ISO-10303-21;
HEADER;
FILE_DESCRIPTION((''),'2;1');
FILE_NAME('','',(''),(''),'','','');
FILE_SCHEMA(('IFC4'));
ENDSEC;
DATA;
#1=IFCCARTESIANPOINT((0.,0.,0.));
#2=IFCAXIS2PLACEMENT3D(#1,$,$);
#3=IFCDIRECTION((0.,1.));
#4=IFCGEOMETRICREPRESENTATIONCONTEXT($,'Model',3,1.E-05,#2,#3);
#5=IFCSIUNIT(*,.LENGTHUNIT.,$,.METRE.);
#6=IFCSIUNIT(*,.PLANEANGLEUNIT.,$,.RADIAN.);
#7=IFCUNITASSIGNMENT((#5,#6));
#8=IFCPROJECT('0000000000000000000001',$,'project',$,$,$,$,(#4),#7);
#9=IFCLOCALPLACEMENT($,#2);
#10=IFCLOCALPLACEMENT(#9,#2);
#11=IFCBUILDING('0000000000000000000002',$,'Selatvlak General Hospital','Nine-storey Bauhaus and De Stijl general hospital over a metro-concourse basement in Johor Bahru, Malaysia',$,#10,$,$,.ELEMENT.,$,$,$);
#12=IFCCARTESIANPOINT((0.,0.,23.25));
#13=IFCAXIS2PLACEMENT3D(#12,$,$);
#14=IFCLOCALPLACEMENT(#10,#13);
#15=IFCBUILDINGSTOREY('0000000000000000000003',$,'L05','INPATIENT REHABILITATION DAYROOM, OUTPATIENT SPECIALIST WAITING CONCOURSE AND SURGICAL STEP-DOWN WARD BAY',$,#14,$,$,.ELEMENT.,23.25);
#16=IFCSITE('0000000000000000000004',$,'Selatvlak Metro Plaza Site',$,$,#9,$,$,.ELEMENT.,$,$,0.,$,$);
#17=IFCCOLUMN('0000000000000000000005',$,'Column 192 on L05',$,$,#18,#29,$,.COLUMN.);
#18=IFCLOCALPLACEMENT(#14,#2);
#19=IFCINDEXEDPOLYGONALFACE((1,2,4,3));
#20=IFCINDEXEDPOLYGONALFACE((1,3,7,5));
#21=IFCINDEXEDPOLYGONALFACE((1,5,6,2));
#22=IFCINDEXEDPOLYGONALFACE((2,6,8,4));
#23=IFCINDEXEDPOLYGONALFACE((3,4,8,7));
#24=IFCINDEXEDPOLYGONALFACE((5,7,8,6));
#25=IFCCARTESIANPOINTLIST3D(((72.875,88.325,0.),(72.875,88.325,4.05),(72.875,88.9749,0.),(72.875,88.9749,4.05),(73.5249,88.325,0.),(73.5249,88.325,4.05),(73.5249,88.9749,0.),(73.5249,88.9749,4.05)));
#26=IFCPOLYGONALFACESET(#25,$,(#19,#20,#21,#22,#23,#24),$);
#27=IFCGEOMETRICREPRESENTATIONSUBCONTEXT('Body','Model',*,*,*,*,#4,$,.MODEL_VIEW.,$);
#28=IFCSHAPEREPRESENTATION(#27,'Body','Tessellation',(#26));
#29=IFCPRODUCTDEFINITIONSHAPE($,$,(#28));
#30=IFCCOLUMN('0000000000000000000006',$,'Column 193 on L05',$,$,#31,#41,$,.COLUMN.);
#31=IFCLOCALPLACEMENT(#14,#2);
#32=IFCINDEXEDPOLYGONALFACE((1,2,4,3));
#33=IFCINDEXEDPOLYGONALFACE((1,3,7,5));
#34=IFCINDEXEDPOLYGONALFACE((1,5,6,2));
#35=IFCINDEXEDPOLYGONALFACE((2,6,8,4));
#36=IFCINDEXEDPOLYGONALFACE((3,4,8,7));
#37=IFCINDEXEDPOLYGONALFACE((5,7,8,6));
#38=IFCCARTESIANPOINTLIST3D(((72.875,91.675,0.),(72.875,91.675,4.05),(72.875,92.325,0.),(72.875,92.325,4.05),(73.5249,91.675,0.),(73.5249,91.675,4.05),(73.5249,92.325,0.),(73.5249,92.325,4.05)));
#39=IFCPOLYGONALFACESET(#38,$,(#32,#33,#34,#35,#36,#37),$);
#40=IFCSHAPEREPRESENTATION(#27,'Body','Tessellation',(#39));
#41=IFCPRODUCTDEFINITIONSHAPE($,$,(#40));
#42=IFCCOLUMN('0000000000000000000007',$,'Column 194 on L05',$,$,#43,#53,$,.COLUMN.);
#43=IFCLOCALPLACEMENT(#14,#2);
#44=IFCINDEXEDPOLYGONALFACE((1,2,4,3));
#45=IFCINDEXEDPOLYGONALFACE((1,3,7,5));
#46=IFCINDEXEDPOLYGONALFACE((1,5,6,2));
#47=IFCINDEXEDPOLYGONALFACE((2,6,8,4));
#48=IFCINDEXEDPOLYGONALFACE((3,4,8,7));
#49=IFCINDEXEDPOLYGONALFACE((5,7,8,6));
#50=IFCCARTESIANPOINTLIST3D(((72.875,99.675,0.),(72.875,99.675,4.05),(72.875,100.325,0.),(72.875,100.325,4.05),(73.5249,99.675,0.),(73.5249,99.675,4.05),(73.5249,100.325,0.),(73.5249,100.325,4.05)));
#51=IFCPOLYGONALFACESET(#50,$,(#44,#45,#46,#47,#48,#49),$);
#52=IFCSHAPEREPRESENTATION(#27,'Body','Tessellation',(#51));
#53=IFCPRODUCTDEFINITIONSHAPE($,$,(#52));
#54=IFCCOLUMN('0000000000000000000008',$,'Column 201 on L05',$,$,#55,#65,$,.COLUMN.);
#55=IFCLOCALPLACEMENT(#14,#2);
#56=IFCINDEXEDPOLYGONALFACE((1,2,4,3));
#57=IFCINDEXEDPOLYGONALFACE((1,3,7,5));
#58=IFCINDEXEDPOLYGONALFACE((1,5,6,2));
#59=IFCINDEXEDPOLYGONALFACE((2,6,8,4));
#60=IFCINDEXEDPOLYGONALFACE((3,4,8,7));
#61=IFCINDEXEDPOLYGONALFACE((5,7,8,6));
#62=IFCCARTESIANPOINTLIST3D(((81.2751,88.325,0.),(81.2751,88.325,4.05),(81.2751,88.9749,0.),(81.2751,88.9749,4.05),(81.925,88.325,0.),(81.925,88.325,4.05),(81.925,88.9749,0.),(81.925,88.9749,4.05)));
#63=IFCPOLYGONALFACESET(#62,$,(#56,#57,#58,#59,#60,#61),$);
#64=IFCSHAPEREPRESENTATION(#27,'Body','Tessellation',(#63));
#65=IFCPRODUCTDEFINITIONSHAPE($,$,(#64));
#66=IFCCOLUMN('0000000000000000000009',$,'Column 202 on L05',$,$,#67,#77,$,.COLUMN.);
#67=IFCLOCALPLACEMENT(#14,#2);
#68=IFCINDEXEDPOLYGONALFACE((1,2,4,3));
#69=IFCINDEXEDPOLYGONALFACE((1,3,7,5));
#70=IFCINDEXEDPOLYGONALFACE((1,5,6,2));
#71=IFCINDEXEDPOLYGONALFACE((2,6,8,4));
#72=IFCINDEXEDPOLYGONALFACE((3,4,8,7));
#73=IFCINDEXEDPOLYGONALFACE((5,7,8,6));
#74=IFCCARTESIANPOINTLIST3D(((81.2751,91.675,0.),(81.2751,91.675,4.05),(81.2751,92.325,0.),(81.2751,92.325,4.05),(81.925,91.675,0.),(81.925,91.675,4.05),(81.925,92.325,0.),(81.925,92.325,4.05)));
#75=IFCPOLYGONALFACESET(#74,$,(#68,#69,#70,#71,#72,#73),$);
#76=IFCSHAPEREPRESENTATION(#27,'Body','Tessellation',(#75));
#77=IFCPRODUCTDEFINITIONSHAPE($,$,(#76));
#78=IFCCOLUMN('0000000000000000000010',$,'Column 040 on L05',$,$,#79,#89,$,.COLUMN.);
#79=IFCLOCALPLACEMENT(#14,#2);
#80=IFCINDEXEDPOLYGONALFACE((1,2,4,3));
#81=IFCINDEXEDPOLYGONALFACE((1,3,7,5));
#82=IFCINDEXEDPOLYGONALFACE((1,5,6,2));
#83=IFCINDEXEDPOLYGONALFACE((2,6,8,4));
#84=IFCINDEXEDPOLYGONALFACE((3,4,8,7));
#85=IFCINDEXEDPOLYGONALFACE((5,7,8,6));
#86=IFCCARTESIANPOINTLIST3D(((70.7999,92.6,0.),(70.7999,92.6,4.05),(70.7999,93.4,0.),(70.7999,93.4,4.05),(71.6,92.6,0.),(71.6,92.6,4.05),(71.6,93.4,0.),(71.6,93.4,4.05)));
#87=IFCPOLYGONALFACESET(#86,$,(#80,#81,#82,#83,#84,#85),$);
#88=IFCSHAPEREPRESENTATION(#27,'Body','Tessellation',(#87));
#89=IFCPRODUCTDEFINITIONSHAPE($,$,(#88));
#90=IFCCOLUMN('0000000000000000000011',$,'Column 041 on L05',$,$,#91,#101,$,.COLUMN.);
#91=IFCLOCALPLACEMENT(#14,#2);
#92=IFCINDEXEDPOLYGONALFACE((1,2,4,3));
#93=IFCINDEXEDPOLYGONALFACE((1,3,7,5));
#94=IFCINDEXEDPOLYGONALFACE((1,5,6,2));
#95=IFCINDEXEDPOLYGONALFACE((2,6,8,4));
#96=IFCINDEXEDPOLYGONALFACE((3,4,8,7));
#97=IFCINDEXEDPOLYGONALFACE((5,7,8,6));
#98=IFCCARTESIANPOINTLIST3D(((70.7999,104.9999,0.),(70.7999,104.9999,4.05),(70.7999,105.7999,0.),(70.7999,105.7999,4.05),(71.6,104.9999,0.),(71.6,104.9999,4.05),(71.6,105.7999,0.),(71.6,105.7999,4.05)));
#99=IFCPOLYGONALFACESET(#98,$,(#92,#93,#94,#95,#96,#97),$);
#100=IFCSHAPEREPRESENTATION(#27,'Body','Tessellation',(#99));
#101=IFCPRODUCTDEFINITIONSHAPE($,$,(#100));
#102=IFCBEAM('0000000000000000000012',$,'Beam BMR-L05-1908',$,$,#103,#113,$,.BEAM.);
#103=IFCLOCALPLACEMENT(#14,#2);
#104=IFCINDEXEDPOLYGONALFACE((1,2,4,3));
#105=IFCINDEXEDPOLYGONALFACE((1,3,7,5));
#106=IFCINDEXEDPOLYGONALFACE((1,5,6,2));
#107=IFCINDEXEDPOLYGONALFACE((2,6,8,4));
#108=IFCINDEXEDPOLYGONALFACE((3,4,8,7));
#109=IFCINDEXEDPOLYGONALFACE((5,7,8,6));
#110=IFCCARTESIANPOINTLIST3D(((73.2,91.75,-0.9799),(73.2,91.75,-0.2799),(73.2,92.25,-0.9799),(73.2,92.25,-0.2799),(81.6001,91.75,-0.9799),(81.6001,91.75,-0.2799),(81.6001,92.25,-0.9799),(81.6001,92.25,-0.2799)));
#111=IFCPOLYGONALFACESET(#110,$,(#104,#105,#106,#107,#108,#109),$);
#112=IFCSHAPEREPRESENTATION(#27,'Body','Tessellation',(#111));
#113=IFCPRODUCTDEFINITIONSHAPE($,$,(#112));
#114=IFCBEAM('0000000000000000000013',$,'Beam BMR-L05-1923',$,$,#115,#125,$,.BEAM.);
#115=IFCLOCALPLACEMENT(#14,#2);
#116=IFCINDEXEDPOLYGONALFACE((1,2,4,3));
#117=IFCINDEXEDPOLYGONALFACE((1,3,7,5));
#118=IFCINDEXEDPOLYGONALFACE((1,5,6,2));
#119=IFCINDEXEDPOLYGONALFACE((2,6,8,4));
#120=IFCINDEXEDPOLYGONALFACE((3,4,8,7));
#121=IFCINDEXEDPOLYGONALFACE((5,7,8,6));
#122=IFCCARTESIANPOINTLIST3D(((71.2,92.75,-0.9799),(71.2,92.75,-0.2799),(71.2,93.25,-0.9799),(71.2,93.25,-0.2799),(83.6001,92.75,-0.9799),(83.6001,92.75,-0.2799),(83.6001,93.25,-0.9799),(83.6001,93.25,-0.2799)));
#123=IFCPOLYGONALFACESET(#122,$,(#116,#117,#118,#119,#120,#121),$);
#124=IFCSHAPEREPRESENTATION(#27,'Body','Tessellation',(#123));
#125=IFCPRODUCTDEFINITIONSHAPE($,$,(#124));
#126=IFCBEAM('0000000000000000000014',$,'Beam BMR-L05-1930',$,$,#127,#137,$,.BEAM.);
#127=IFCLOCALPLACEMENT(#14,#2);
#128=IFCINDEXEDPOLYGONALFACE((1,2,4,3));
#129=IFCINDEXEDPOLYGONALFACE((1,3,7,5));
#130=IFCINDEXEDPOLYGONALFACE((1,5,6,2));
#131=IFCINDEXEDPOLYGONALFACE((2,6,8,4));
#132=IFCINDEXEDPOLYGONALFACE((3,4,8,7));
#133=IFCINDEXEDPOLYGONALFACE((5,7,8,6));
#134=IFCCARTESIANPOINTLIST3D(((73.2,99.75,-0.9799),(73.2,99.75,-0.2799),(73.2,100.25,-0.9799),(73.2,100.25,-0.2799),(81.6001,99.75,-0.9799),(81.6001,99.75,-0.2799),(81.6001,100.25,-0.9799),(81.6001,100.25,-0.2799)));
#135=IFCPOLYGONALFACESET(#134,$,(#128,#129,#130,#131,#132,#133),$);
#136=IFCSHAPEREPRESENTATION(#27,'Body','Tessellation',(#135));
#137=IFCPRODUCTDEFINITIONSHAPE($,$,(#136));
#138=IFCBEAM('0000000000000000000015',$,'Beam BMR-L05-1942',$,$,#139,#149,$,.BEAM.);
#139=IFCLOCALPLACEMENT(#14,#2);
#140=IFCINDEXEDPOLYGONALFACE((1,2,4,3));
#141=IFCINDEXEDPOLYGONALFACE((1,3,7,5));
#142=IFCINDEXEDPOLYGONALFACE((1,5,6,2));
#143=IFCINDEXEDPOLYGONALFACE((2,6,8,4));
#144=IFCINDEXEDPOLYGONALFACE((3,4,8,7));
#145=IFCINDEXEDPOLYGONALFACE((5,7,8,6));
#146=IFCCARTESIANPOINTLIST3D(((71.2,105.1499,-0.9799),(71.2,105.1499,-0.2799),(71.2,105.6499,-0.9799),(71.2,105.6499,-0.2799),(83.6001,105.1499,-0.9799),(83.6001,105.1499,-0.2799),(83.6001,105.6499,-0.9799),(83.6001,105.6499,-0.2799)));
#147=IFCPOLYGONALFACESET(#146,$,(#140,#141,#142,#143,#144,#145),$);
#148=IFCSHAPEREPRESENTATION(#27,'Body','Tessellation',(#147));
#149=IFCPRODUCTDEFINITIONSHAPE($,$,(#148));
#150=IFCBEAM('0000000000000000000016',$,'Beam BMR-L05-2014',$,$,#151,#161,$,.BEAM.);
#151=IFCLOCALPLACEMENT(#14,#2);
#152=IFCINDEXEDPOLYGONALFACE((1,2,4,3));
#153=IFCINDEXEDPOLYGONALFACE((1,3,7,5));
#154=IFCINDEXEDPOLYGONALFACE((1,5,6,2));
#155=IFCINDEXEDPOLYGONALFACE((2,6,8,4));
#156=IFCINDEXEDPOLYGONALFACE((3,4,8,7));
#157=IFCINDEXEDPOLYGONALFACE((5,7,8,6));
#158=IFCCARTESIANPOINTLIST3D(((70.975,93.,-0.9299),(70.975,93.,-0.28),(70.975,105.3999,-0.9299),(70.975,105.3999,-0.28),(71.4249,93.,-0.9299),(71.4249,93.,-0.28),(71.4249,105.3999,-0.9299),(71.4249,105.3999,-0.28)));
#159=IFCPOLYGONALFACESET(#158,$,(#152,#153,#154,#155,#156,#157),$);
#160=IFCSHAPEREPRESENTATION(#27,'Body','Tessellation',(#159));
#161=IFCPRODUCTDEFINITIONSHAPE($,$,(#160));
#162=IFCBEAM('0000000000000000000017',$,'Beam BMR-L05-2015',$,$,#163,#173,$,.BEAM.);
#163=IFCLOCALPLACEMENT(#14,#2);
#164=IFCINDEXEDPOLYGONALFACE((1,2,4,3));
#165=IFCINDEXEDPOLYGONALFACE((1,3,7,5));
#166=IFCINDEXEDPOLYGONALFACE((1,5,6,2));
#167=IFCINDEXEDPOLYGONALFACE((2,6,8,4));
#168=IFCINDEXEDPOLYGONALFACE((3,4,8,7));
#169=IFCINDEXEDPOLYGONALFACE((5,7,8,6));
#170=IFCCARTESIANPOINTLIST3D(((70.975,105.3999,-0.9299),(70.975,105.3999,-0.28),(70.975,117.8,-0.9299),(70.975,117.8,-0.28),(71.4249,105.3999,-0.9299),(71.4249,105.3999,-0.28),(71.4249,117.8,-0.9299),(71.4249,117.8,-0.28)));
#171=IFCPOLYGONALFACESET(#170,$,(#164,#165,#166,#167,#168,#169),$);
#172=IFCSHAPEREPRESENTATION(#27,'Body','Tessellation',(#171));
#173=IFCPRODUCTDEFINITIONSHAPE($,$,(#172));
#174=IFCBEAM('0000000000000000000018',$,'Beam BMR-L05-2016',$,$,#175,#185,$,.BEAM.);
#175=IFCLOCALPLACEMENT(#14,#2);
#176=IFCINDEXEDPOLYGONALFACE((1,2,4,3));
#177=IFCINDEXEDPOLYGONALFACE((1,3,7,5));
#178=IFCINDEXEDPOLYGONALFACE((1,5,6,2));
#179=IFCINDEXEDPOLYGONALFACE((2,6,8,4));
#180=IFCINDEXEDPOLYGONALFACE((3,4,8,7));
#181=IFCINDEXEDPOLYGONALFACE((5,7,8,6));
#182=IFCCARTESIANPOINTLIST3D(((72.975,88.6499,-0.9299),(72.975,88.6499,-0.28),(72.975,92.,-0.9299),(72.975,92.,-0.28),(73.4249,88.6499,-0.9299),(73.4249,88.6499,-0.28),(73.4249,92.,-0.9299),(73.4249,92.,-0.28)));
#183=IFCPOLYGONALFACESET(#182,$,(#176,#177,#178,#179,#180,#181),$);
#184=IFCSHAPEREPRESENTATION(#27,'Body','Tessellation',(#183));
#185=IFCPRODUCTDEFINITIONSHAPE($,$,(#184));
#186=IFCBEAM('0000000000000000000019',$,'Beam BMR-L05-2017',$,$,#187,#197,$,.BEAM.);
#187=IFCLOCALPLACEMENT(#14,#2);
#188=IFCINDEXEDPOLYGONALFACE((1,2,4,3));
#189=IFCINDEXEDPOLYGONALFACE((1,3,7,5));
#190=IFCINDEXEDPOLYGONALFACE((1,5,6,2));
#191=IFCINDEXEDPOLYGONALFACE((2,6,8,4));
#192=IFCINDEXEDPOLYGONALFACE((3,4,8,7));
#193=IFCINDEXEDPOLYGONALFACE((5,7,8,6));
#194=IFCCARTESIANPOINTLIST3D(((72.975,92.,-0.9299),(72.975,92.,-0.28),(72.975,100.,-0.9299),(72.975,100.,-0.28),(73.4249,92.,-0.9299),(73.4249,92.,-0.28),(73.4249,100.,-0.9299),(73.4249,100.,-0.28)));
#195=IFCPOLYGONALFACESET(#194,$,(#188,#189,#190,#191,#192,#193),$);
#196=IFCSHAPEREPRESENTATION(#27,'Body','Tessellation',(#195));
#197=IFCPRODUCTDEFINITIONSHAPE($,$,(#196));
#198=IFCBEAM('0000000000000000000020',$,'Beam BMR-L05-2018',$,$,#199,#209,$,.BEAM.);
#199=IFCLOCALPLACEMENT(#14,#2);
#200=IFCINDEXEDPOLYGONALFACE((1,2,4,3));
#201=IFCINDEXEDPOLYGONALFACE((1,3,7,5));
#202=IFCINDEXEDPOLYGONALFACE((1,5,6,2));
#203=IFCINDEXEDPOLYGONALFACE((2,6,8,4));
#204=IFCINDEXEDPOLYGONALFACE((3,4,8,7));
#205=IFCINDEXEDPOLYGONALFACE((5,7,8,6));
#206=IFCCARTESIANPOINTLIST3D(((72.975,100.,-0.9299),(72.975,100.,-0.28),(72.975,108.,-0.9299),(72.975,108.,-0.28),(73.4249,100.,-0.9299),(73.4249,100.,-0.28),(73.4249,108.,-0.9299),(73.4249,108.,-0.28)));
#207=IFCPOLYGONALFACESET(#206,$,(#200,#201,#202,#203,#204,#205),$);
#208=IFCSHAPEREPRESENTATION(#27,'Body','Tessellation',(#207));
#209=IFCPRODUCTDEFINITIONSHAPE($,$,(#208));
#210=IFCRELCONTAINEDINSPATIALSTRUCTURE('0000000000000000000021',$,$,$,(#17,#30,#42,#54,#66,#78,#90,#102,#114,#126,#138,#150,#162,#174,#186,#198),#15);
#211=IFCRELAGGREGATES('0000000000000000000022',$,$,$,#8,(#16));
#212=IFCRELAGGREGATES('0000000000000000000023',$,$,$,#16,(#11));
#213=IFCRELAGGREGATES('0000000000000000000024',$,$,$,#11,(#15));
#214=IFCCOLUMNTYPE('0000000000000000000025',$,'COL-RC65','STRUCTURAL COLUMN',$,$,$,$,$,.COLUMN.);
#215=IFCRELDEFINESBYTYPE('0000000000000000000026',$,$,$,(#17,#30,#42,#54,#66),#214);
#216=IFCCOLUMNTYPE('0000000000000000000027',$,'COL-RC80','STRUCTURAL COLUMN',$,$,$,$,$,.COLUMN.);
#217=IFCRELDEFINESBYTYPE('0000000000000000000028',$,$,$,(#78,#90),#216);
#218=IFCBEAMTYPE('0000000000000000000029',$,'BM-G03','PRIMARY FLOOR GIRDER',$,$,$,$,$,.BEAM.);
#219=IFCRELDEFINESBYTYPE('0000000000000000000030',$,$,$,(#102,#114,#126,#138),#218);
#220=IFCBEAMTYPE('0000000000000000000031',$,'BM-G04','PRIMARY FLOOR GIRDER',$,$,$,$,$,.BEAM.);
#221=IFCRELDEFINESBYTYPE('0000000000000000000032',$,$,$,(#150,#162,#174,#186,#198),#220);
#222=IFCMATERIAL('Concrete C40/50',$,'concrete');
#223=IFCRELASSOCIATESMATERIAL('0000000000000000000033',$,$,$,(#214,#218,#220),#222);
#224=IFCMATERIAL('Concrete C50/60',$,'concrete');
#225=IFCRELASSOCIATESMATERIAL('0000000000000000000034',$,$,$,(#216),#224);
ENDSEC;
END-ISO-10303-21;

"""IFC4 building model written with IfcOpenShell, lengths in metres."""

from ifc_helpers import new_model, si_unit, direction, frame, origin, origin_2d, place, context, subcontext, project, spatial, rectangle, extrude, material, material_profile, profile_set, type_object, element, save


model = new_model("IFC4")

# Units and contexts
model_context = context("Model", 3, precision=1e-05, world=origin(), true_north=direction((0.0, 1.0)))
body_context = subcontext(model_context, "Body", "Model", "MODEL_VIEW")
ifc_project = project(units=[si_unit("LENGTHUNIT", "METRE"), si_unit("PLANEANGLEUNIT", "RADIAN")], contexts=[model_context])

# Site, building, storey
site_placement = place(None, origin())
site = spatial("IfcSite", under=ifc_project, at=site_placement, Name="Selatvlak Metro Plaza Site", CompositionType="ELEMENT", RefElevation=0.0)
building_placement = place(site_placement, origin())
building = spatial("IfcBuilding", under=site, at=building_placement, Name="Selatvlak General Hospital", Description="Nine-storey Bauhaus and De Stijl general hospital over a metro-concourse basement in Johor Bahru, Malaysia", CompositionType="ELEMENT")
storey_placement = place(building_placement, frame((0.0, 0.0, 23.25)))
storey = spatial("IfcBuildingStorey", under=building, at=storey_placement, Name="L05", Description="INPATIENT REHABILITATION DAYROOM, OUTPATIENT SPECIALIST WAITING CONCOURSE AND SURGICAL STEP-DOWN WARD BAY", CompositionType="ELEMENT", Elevation=23.25)

# Columns
ifc_material_1 = material(Name="Concrete C40/50", Category="concrete")
ifc_material_profile_1 = material_profile(ifc_material_1, rectangle(XDim=0.6499, YDim=0.6499, at=origin_2d()), Name="RC-COL 650x650")
ifc_profile_set_1 = profile_set([ifc_material_profile_1], Name="Concrete C40/50")
column_type_1 = type_object("IfcColumnType", Name="COL-RC65", Description="STRUCTURAL COLUMN", PredefinedType="COLUMN", material=ifc_profile_set_1)
for number, where, z_axis, x_axis, name in (
    (1, (73.2, 88.6499, 0.0), (0.0, 0.0, 1.0), (1.0, 0.0, 0.0), "Column 192 on L05"),
    (2, (73.2, 92.0, 0.0), (0.0, 0.0, 1.0), (1.0, 0.0, 0.0), "Column 193 on L05"),
    (3, (73.2, 100.0, 0.0), (0.0, 0.0, 1.0), (1.0, 0.0, 0.0), "Column 194 on L05"),
    (4, (81.6001, 88.6499, 0.0), (0.0, 0.0, 1.0), (1.0, 0.0, 0.0), "Column 201 on L05"),
    (5, (81.6001, 92.0, 0.0), (0.0, 0.0, 1.0), (1.0, 0.0, 0.0), "Column 202 on L05"),
):
    element("IfcColumn", number, at=place(storey_placement, frame(where, z_axis=z_axis, x_axis=x_axis)), inside=storey, type_object=column_type_1, Name=name, PredefinedType="COLUMN", context=body_context, shape_type="SweptSolid", body=[
        extrude(rectangle(XDim=0.6499, YDim=0.6499, at=origin_2d()), origin(), (0.0, 0.0, 1.0), 4.05),
    ])
ifc_material_2 = material(Name="Concrete C50/60", Category="concrete")
ifc_material_profile_2 = material_profile(ifc_material_2, rectangle(XDim=0.8, YDim=0.8, at=origin_2d()), Name="RC-COL 800x800")
ifc_profile_set_2 = profile_set([ifc_material_profile_2], Name="Concrete C50/60")
column_type_2 = type_object("IfcColumnType", Name="COL-RC80", Description="STRUCTURAL COLUMN", PredefinedType="COLUMN", material=ifc_profile_set_2)
for number, where, z_axis, x_axis, name in (
    (6, (71.2, 93.0, 0.0), (0.0, 0.0, 1.0), (1.0, 0.0, 0.0), "Column 040 on L05"),
    (7, (71.2, 105.3999, 0.0), (0.0, 0.0, 1.0), (1.0, 0.0, 0.0), "Column 041 on L05"),
):
    element("IfcColumn", number, at=place(storey_placement, frame(where, z_axis=z_axis, x_axis=x_axis)), inside=storey, type_object=column_type_2, Name=name, PredefinedType="COLUMN", context=body_context, shape_type="SweptSolid", body=[
        extrude(rectangle(XDim=0.8, YDim=0.8, at=origin_2d()), origin(), (0.0, 0.0, 1.0), 4.05),
    ])

# Beams
ifc_material_profile_3 = material_profile(ifc_material_1, rectangle(XDim=0.5, YDim=0.7, at=origin_2d()), Name="RC-BM 500x700")
ifc_profile_set_3 = profile_set([ifc_material_profile_3], Name="Concrete C40/50")
beam_type_1 = type_object("IfcBeamType", Name="BM-G03", Description="PRIMARY FLOOR GIRDER", PredefinedType="BEAM", material=ifc_profile_set_3)
beam_1_placement = place(storey_placement, frame((73.2, 92.0, -0.6299), z_axis=(1.0, 0.0, 0.0), x_axis=(0.0, 1.0, 0.0)))
element("IfcBeam", 8, at=beam_1_placement, inside=storey, type_object=beam_type_1, Name="Beam BMR-L05-1908", PredefinedType="BEAM", context=body_context, shape_type="SweptSolid", body=[
    extrude(rectangle(XDim=0.5, YDim=0.7, at=origin_2d()), origin(), (0.0, 0.0, 1.0), 8.4001),
])
beam_2_placement = place(storey_placement, frame((71.2, 93.0, -0.6299), z_axis=(1.0, 0.0, 0.0), x_axis=(0.0, 1.0, 0.0)))
element("IfcBeam", 9, at=beam_2_placement, inside=storey, type_object=beam_type_1, Name="Beam BMR-L05-1923", PredefinedType="BEAM", context=body_context, shape_type="SweptSolid", body=[
    extrude(rectangle(XDim=0.5, YDim=0.7, at=origin_2d()), origin(), (0.0, 0.0, 1.0), 12.4001),
])
beam_3_placement = place(storey_placement, frame((73.2, 100.0, -0.6299), z_axis=(1.0, 0.0, 0.0), x_axis=(0.0, 1.0, 0.0)))
element("IfcBeam", 10, at=beam_3_placement, inside=storey, type_object=beam_type_1, Name="Beam BMR-L05-1930", PredefinedType="BEAM", context=body_context, shape_type="SweptSolid", body=[
    extrude(rectangle(XDim=0.5, YDim=0.7, at=origin_2d()), origin(), (0.0, 0.0, 1.0), 8.4001),
])
beam_4_placement = place(storey_placement, frame((71.2, 105.3999, -0.6299), z_axis=(1.0, 0.0, 0.0), x_axis=(0.0, 1.0, 0.0)))
element("IfcBeam", 11, at=beam_4_placement, inside=storey, type_object=beam_type_1, Name="Beam BMR-L05-1942", PredefinedType="BEAM", context=body_context, shape_type="SweptSolid", body=[
    extrude(rectangle(XDim=0.5, YDim=0.7, at=origin_2d()), origin(), (0.0, 0.0, 1.0), 12.4001),
])
ifc_material_profile_4 = material_profile(ifc_material_1, rectangle(XDim=0.45, YDim=0.6499, at=origin_2d()), Name="RC-BM 450x650")
ifc_profile_set_4 = profile_set([ifc_material_profile_4], Name="Concrete C40/50")
beam_type_2 = type_object("IfcBeamType", Name="BM-G04", Description="PRIMARY FLOOR GIRDER", PredefinedType="BEAM", material=ifc_profile_set_4)
beam_5_placement = place(storey_placement, frame((71.2, 93.0, -0.605), z_axis=(0.0, 1.0, 0.0), x_axis=(-1.0, 0.0, 0.0)))
element("IfcBeam", 12, at=beam_5_placement, inside=storey, type_object=beam_type_2, Name="Beam BMR-L05-2014", PredefinedType="BEAM", context=body_context, shape_type="SweptSolid", body=[
    extrude(rectangle(XDim=0.45, YDim=0.6499, at=origin_2d()), origin(), (0.0, 0.0, 1.0), 12.3999),
])
beam_6_placement = place(storey_placement, frame((71.2, 105.3999, -0.605), z_axis=(0.0, 1.0, 0.0), x_axis=(-1.0, 0.0, 0.0)))
element("IfcBeam", 13, at=beam_6_placement, inside=storey, type_object=beam_type_2, Name="Beam BMR-L05-2015", PredefinedType="BEAM", context=body_context, shape_type="SweptSolid", body=[
    extrude(rectangle(XDim=0.45, YDim=0.6499, at=origin_2d()), origin(), (0.0, 0.0, 1.0), 12.4001),
])
beam_7_placement = place(storey_placement, frame((73.2, 88.6499, -0.605), z_axis=(0.0, 1.0, 0.0), x_axis=(-1.0, 0.0, 0.0)))
element("IfcBeam", 14, at=beam_7_placement, inside=storey, type_object=beam_type_2, Name="Beam BMR-L05-2016", PredefinedType="BEAM", context=body_context, shape_type="SweptSolid", body=[
    extrude(rectangle(XDim=0.45, YDim=0.6499, at=origin_2d()), origin(), (0.0, 0.0, 1.0), 3.3501),
])
for number, where, z_axis, x_axis, name in (
    (15, (73.2, 92.0, -0.605), (0.0, 1.0, 0.0), (-1.0, 0.0, 0.0), "Beam BMR-L05-2017"),
    (16, (73.2, 100.0, -0.605), (0.0, 1.0, 0.0), (-1.0, 0.0, 0.0), "Beam BMR-L05-2018"),
):
    element("IfcBeam", number, at=place(storey_placement, frame(where, z_axis=z_axis, x_axis=x_axis)), inside=storey, type_object=beam_type_2, Name=name, PredefinedType="BEAM", context=body_context, shape_type="SweptSolid", body=[
        extrude(rectangle(XDim=0.45, YDim=0.6499, at=origin_2d()), origin(), (0.0, 0.0, 1.0), 8.0),
    ])

save(model, "model.ifc")
